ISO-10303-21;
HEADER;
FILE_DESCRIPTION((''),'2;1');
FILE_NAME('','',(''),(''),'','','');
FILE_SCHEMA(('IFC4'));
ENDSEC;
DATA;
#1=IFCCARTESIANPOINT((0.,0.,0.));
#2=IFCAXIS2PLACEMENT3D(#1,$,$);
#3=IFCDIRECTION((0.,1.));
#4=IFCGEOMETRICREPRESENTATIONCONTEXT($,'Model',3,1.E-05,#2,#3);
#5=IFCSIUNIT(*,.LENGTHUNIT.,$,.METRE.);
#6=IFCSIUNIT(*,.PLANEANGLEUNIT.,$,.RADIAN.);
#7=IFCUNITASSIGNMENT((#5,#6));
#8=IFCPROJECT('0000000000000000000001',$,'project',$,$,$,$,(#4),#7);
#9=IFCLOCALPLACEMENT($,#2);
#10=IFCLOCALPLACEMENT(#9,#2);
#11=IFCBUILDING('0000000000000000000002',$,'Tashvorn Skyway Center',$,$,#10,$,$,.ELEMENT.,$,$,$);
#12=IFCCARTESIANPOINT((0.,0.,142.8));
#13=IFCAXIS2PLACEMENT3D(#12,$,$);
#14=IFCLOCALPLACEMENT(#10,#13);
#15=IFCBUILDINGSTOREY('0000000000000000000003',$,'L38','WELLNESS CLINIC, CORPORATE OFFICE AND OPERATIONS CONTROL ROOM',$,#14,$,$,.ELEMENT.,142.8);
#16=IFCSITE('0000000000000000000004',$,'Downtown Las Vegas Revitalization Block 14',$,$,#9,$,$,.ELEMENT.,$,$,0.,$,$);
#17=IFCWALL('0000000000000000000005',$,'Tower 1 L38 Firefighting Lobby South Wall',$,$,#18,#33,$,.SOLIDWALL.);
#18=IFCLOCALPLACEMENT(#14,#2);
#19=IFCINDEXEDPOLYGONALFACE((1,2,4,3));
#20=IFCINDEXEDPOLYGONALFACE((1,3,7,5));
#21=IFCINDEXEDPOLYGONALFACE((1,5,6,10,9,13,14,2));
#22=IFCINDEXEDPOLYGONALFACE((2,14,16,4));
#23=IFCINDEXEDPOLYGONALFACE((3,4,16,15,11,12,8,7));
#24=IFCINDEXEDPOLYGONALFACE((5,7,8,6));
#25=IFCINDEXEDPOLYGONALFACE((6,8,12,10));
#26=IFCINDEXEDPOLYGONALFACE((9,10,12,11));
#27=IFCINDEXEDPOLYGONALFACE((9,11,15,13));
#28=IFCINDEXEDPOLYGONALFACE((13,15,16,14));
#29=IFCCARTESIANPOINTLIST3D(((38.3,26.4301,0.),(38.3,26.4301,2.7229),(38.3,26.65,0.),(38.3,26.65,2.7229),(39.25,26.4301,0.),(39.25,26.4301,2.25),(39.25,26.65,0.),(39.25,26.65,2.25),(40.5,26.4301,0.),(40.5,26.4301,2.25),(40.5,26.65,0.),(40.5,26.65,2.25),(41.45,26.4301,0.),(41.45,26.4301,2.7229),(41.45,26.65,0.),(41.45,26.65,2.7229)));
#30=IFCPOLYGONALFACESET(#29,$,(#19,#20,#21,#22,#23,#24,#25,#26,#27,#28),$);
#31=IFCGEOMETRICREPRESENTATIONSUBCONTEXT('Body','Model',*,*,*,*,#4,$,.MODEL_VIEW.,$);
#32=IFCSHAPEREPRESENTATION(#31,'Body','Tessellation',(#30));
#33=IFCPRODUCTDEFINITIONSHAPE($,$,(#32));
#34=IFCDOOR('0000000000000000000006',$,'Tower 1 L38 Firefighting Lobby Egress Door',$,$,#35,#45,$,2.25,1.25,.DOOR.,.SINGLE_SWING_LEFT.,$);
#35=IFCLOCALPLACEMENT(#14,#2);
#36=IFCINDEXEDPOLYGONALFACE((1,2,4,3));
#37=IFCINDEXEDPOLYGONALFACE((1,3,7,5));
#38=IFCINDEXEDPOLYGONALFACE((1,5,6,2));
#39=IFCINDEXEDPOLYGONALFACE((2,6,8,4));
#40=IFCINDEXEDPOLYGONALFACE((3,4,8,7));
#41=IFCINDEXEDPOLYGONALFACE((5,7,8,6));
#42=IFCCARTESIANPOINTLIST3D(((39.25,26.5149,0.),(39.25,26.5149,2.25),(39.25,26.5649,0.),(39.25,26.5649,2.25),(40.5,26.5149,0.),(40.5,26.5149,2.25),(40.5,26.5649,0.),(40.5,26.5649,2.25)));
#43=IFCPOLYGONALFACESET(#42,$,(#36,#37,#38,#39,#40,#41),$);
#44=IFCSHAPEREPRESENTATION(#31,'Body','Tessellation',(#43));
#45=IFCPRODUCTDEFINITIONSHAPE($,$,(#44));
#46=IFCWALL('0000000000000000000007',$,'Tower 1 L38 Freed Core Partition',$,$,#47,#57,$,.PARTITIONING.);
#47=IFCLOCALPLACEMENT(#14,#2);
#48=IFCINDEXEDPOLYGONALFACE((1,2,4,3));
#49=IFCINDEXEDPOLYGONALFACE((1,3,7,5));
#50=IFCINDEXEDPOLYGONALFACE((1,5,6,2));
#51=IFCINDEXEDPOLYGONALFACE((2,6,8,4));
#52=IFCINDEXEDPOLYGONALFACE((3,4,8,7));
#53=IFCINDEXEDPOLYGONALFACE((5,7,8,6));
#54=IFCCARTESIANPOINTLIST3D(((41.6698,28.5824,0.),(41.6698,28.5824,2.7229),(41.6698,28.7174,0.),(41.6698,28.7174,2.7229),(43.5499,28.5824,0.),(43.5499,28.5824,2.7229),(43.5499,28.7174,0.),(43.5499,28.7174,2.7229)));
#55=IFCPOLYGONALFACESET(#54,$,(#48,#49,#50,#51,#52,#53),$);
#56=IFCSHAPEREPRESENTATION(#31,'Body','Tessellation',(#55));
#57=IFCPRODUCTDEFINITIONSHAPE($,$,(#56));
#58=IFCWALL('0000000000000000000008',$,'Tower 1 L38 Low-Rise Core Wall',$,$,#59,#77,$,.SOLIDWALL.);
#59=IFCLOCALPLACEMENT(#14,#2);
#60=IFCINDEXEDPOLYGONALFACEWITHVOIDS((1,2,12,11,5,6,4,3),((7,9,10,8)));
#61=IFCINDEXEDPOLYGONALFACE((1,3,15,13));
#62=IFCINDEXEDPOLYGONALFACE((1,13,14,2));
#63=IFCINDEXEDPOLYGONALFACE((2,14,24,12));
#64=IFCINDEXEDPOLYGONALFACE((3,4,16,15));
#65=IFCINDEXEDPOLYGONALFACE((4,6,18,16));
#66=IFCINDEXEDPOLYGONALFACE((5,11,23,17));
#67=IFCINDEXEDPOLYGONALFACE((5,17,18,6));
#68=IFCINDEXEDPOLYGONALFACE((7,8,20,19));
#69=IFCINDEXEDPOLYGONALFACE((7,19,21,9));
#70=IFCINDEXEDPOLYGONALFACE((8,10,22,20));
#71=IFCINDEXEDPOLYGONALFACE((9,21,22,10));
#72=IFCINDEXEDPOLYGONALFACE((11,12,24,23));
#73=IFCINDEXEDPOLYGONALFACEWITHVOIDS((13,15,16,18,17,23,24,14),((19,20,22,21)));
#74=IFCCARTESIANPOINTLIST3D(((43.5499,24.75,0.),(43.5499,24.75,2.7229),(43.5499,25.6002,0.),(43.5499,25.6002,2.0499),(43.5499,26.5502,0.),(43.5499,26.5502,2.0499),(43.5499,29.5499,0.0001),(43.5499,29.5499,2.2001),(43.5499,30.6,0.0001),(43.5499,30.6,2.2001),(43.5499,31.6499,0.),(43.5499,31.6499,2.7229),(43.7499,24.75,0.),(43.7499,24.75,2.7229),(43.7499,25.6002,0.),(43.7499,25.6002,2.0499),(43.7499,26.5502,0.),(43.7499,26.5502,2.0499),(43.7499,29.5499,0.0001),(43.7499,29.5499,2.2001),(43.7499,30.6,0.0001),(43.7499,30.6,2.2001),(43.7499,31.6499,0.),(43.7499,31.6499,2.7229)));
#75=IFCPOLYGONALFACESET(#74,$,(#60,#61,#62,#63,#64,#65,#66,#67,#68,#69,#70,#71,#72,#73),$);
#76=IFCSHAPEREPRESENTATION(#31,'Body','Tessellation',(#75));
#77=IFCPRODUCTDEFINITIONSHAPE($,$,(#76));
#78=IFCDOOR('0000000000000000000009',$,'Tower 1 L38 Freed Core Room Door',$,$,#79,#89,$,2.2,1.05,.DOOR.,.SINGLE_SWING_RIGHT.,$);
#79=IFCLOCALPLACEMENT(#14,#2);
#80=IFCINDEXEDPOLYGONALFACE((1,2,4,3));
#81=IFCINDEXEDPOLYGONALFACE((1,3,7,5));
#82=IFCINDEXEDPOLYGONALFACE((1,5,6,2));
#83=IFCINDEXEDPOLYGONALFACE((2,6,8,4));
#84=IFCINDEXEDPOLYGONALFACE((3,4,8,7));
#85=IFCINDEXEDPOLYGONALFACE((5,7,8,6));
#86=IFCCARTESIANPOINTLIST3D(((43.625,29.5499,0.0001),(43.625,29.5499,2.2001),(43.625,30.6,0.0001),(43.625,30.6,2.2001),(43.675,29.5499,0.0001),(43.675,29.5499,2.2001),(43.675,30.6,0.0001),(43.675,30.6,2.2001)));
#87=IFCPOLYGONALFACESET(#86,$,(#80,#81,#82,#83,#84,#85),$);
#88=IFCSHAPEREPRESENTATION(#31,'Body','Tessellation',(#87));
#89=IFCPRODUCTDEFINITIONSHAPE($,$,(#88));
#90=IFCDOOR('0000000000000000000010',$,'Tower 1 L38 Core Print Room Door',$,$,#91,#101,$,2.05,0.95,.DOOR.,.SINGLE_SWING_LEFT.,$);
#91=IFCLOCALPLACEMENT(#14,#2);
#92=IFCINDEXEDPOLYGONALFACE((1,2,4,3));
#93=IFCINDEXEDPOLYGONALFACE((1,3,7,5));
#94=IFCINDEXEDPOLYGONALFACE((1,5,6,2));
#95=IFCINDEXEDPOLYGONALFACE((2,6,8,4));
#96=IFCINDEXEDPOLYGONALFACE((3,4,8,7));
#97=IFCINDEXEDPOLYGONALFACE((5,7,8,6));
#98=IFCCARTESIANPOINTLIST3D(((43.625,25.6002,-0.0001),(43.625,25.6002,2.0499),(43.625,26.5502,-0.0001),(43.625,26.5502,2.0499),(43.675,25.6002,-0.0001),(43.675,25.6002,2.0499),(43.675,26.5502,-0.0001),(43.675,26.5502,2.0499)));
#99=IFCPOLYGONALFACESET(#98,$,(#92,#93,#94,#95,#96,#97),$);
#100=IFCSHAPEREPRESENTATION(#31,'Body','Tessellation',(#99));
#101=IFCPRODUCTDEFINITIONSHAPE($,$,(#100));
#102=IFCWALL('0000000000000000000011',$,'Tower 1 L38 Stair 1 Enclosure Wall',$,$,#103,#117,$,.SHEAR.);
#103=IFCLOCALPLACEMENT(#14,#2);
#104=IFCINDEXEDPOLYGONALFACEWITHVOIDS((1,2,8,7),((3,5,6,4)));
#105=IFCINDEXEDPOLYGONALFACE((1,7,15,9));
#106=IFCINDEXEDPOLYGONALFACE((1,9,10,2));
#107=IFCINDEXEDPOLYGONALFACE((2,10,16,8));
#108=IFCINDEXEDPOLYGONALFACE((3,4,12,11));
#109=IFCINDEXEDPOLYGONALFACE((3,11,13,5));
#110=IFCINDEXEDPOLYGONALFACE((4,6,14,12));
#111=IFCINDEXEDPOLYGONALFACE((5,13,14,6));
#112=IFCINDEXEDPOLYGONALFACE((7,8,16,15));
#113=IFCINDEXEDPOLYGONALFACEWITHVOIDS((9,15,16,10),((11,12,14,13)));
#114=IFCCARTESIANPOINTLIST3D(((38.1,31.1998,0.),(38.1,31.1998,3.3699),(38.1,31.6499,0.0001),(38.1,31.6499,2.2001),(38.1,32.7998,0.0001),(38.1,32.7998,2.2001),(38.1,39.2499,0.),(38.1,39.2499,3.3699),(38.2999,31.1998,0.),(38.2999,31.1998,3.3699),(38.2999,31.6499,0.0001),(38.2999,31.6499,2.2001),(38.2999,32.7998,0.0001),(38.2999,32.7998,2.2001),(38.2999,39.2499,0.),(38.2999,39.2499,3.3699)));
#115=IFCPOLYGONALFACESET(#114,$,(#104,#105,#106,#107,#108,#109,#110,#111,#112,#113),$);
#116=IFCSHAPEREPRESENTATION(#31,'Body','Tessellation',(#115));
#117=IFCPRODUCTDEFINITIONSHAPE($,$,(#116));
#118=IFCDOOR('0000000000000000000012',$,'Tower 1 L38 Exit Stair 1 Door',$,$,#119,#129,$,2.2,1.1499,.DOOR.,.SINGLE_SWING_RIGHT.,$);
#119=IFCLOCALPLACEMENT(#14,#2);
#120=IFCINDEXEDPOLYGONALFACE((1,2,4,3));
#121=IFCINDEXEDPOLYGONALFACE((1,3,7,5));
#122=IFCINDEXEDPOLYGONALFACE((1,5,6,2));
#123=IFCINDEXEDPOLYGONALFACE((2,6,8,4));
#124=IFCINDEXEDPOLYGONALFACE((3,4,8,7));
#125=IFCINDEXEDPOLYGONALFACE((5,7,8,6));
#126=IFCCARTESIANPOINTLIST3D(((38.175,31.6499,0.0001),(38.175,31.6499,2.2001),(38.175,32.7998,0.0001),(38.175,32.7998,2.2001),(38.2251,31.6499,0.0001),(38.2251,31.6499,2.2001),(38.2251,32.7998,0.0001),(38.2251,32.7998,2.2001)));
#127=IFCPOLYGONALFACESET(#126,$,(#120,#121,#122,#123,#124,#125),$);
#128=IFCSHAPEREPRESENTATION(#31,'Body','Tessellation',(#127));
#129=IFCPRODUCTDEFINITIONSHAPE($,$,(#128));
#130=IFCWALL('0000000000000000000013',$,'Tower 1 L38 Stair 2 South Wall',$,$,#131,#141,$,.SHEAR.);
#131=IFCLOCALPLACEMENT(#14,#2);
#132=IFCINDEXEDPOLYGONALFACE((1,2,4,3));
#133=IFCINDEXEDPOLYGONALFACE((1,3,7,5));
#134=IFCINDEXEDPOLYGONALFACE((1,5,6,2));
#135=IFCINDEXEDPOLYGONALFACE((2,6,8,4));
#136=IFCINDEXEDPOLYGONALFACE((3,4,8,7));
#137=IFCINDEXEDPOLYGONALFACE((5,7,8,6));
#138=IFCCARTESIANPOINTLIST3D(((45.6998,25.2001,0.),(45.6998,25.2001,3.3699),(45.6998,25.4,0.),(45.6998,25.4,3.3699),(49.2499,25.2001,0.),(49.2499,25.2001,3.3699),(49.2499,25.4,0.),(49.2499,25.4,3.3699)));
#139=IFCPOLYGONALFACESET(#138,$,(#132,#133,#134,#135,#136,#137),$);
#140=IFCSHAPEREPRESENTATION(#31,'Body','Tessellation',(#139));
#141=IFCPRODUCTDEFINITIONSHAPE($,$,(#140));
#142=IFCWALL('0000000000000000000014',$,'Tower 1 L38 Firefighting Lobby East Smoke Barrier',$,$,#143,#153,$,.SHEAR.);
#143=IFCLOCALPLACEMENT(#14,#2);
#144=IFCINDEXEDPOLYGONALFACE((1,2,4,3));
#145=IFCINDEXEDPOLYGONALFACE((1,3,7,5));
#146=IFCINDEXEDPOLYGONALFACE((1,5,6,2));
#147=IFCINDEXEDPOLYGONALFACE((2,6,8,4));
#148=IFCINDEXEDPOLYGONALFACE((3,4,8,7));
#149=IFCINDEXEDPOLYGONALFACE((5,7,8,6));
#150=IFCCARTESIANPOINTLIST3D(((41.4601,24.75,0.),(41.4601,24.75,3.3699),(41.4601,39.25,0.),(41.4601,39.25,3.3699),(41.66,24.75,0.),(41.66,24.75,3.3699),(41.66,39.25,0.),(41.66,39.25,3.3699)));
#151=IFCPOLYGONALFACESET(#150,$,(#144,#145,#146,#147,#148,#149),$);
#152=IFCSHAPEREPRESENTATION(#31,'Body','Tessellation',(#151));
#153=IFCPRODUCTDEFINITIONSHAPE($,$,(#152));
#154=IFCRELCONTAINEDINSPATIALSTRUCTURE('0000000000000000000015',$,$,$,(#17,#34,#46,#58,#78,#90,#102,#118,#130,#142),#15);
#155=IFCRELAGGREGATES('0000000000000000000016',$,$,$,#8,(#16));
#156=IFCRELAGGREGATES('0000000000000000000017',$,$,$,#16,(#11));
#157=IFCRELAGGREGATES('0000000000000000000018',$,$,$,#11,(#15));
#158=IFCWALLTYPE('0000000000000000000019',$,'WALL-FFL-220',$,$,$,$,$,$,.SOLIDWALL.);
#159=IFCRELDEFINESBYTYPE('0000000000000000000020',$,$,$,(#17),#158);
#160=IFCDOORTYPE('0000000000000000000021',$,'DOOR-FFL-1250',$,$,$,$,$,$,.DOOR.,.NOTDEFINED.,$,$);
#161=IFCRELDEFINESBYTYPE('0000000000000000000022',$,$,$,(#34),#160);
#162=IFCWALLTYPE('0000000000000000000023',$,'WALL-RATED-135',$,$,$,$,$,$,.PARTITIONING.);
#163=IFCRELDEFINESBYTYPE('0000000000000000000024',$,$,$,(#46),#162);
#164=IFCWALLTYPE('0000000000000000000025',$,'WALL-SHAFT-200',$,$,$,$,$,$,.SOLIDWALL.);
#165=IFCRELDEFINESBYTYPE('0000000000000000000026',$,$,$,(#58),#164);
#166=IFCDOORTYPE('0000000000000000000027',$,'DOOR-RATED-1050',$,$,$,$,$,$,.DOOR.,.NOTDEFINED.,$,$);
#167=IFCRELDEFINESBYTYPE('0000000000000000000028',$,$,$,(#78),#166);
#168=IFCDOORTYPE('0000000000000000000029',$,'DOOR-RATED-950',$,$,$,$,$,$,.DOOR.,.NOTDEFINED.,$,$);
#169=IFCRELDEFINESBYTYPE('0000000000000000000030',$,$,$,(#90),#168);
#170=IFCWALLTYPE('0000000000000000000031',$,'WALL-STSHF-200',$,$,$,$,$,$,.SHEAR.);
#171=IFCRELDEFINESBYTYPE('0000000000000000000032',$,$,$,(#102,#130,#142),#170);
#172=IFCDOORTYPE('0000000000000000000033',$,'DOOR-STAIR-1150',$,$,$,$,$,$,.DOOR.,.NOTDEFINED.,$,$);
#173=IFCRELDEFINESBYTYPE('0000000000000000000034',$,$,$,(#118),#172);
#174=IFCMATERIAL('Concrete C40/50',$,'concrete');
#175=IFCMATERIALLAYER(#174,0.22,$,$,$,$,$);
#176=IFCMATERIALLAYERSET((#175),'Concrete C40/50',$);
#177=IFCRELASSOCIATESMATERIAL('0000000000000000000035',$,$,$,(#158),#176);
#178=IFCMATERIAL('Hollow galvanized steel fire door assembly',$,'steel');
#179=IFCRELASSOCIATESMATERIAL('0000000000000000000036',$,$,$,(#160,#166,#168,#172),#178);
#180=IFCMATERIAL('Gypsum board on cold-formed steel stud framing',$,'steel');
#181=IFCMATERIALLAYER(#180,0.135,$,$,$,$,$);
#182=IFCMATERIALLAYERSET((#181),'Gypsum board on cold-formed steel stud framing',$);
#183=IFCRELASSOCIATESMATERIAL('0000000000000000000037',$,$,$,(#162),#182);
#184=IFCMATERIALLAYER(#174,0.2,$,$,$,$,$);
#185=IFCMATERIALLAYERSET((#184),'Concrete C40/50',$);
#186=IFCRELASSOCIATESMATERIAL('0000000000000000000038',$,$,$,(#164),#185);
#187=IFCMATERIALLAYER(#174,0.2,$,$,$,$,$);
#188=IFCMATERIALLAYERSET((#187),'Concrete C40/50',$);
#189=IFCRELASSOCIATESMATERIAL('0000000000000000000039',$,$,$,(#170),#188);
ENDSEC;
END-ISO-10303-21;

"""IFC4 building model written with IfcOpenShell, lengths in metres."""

from ifc_helpers import new_model, si_unit, direction, frame, frame_2d, origin, place, context, subcontext, project, spatial, rectangle, extrude, material, layer, layer_set, type_object, element, fill, save


model = new_model("IFC4")

# Units and contexts
model_context = context("Model", 3, precision=1e-05, world=origin(), true_north=direction((0.0, 1.0)))
body_context = subcontext(model_context, "Body", "Model", "MODEL_VIEW")
ifc_project = project(units=[si_unit("LENGTHUNIT", "METRE"), si_unit("PLANEANGLEUNIT", "RADIAN")], contexts=[model_context])

# Site, building, storey
site_placement = place(None, origin())
site = spatial("IfcSite", under=ifc_project, at=site_placement, Name="Downtown Las Vegas Revitalization Block 14", CompositionType="ELEMENT", RefElevation=0.0)
building_placement = place(site_placement, origin())
building = spatial("IfcBuilding", under=site, at=building_placement, Name="Tashvorn Skyway Center", CompositionType="ELEMENT")
storey_placement = place(building_placement, frame((0.0, 0.0, 142.8)))
storey = spatial("IfcBuildingStorey", under=building, at=storey_placement, Name="L38", Description="WELLNESS CLINIC, CORPORATE OFFICE AND OPERATIONS CONTROL ROOM", CompositionType="ELEMENT", Elevation=142.8)

# Wall, opening, door
ifc_material_1 = material(Name="Concrete C40/50", Category="concrete")
ifc_layer_1 = layer(ifc_material_1, 0.22)
ifc_layer_set_1 = layer_set([ifc_layer_1], Name="Concrete C40/50")
wall_type_1 = type_object("IfcWallType", Name="WALL-FFL-220", PredefinedType="SOLIDWALL", material=ifc_layer_set_1)
wall_1_placement = place(storey_placement, frame((38.3, 26.54, 0.0), z_axis=(0.0, 0.0, 1.0), x_axis=(1.0, 0.0, 0.0)))
wall_1 = element("IfcWall", 1, at=wall_1_placement, inside=storey, type_object=wall_type_1, Name="Tower 1 L38 Firefighting Lobby South Wall", PredefinedType="SOLIDWALL", context=body_context, shape_type="SweptSolid", body=[
    extrude(rectangle(XDim=3.1499, YDim=0.22, at=frame_2d((1.575, 0.0))), origin(), (0.0, 0.0, 1.0), 2.7229),
])
opening_1_placement = place(wall_1_placement, frame((0.95, 0.0, 0.0)))
opening_1 = element("IfcOpeningElement", 2, at=opening_1_placement, cuts=wall_1, PredefinedType="OPENING", context=body_context, shape_type="SweptSolid", body=[
    extrude(rectangle(XDim=1.25, YDim=2.25, at=frame_2d((0.625, 1.125))), frame((0.0, 0.1199, 0.0), z_axis=(0.0, -1.0, 0.0), x_axis=(1.0, 0.0, 0.0)), (0.0, 0.0, 1.0), 0.24),
])
ifc_material_2 = material(Name="Hollow galvanized steel fire door assembly", Category="steel")
door_type_1 = type_object("IfcDoorType", Name="DOOR-FFL-1250", OperationType="NOTDEFINED", PredefinedType="DOOR", material=ifc_material_2)
door_1_placement = place(opening_1_placement, origin())
door_1 = element("IfcDoor", 3, at=door_1_placement, inside=storey, type_object=door_type_1, Name="Tower 1 L38 Firefighting Lobby Egress Door", OperationType="SINGLE_SWING_LEFT", OverallHeight=2.25, OverallWidth=1.25, PredefinedType="DOOR", context=body_context, shape_type="SweptSolid", body=[
    extrude(rectangle(XDim=1.25, YDim=2.25, at=frame_2d((0.625, 1.125))), frame((0.0, 0.0249, 0.0), z_axis=(0.0, -1.0, 0.0), x_axis=(1.0, 0.0, 0.0)), (0.0, 0.0, 1.0), 0.05),
])
fill(opening_1, door_1)

# Wall
ifc_material_3 = material(Name="Gypsum board on cold-formed steel stud framing", Category="steel")
ifc_layer_2 = layer(ifc_material_3, 0.135)
ifc_layer_set_2 = layer_set([ifc_layer_2], Name="Gypsum board on cold-formed steel stud framing")
wall_type_2 = type_object("IfcWallType", Name="WALL-RATED-135", PredefinedType="PARTITIONING", material=ifc_layer_set_2)
wall_2_placement = place(storey_placement, frame((41.6699, 28.6499, 0.0), z_axis=(0.0, 0.0, 1.0), x_axis=(1.0, 0.0, 0.0)))
element("IfcWall", 4, at=wall_2_placement, inside=storey, type_object=wall_type_2, Name="Tower 1 L38 Freed Core Partition", PredefinedType="PARTITIONING", context=body_context, shape_type="SweptSolid", body=[
    extrude(rectangle(XDim=1.8801, YDim=0.135, at=frame_2d((0.9399, 0.0))), origin(), (0.0, 0.0, 1.0), 2.7229),
])

# Wall, openings, doors
ifc_layer_3 = layer(ifc_material_1, 0.2)
ifc_layer_set_3 = layer_set([ifc_layer_3], Name="Concrete C40/50")
wall_type_3 = type_object("IfcWallType", Name="WALL-SHAFT-200", PredefinedType="SOLIDWALL", material=ifc_layer_set_3)
wall_3_placement = place(storey_placement, frame((43.6499, 24.75, 0.0), z_axis=(0.0, 0.0, 1.0), x_axis=(0.0, 1.0, 0.0)))
wall_3 = element("IfcWall", 5, at=wall_3_placement, inside=storey, type_object=wall_type_3, Name="Tower 1 L38 Low-Rise Core Wall", PredefinedType="SOLIDWALL", context=body_context, shape_type="SweptSolid", body=[
    extrude(rectangle(XDim=6.8999, YDim=0.2, at=frame_2d((3.45, 0.0))), origin(), (0.0, 0.0, 1.0), 2.7229),
])
opening_2_placement = place(wall_3_placement, frame((0.8501, 0.0, 0.0)))
opening_2 = element("IfcOpeningElement", 6, at=opening_2_placement, cuts=wall_3, PredefinedType="OPENING", context=body_context, shape_type="SweptSolid", body=[
    extrude(rectangle(XDim=0.95, YDim=2.05, at=frame_2d((0.4751, 1.0249))), frame((0.0, 0.1099, 0.0), z_axis=(0.0, -1.0, 0.0), x_axis=(1.0, 0.0, 0.0)), (0.0, 0.0, 1.0), 0.22),
])
opening_3_placement = place(wall_3_placement, frame((4.8, 0.0, 0.0)))
opening_3 = element("IfcOpeningElement", 7, at=opening_3_placement, cuts=wall_3, PredefinedType="OPENING", context=body_context, shape_type="SweptSolid", body=[
    extrude(rectangle(XDim=1.05, YDim=2.2, at=frame_2d((0.5249, 1.1001))), frame((0.0, 0.1099, 0.0), z_axis=(0.0, -1.0, 0.0), x_axis=(1.0, 0.0, 0.0)), (0.0, 0.0, 1.0), 0.22),
])
door_type_2 = type_object("IfcDoorType", Name="DOOR-RATED-1050", OperationType="NOTDEFINED", PredefinedType="DOOR", material=ifc_material_2)
door_2_placement = place(opening_3_placement, origin())
door_2 = element("IfcDoor", 8, at=door_2_placement, inside=storey, type_object=door_type_2, Name="Tower 1 L38 Freed Core Room Door", OperationType="SINGLE_SWING_RIGHT", OverallHeight=2.2, OverallWidth=1.05, PredefinedType="DOOR", context=body_context, shape_type="SweptSolid", body=[
    extrude(rectangle(XDim=1.05, YDim=2.2, at=frame_2d((0.5249, 1.1001))), frame((0.0, 0.0249, 0.0), z_axis=(0.0, -1.0, 0.0), x_axis=(1.0, 0.0, 0.0)), (0.0, 0.0, 1.0), 0.05),
])
fill(opening_3, door_2)
door_type_3 = type_object("IfcDoorType", Name="DOOR-RATED-950", OperationType="NOTDEFINED", PredefinedType="DOOR", material=ifc_material_2)
door_3_placement = place(opening_2_placement, origin())
door_3 = element("IfcDoor", 9, at=door_3_placement, inside=storey, type_object=door_type_3, Name="Tower 1 L38 Core Print Room Door", OperationType="SINGLE_SWING_LEFT", OverallHeight=2.05, OverallWidth=0.95, PredefinedType="DOOR", context=body_context, shape_type="SweptSolid", body=[
    extrude(rectangle(XDim=0.95, YDim=2.05, at=frame_2d((0.4751, 1.0249))), frame((0.0, 0.0249, 0.0), z_axis=(0.0, -1.0, 0.0), x_axis=(1.0, 0.0, 0.0)), (0.0, 0.0, 1.0), 0.05),
])
fill(opening_2, door_3)

# Wall, opening, door
ifc_layer_4 = layer(ifc_material_1, 0.2)
ifc_layer_set_4 = layer_set([ifc_layer_4], Name="Concrete C40/50")
wall_type_4 = type_object("IfcWallType", Name="WALL-STSHF-200", PredefinedType="SHEAR", material=ifc_layer_set_4)
wall_4_placement = place(storey_placement, frame((38.2, 31.2, 0.0), z_axis=(0.0, 0.0, 1.0), x_axis=(0.0, 1.0, 0.0)))
wall_4 = element("IfcWall", 10, at=wall_4_placement, inside=storey, type_object=wall_type_4, Name="Tower 1 L38 Stair 1 Enclosure Wall", PredefinedType="SHEAR", context=body_context, shape_type="SweptSolid", body=[
    extrude(rectangle(XDim=8.05, YDim=0.2, at=frame_2d((4.0249, 0.0))), origin(), (0.0, 0.0, 1.0), 3.3699),
])
opening_4_placement = place(wall_4_placement, frame((0.45, 0.0, 0.0)))
opening_4 = element("IfcOpeningElement", 11, at=opening_4_placement, cuts=wall_4, PredefinedType="OPENING", context=body_context, shape_type="SweptSolid", body=[
    extrude(rectangle(XDim=1.1499, YDim=2.2, at=frame_2d((0.575, 1.1001))), frame((0.0, 0.1099, 0.0), z_axis=(0.0, -1.0, 0.0), x_axis=(1.0, 0.0, 0.0)), (0.0, 0.0, 1.0), 0.22),
])
door_type_4 = type_object("IfcDoorType", Name="DOOR-STAIR-1150", OperationType="NOTDEFINED", PredefinedType="DOOR", material=ifc_material_2)
door_4_placement = place(opening_4_placement, origin())
door_4 = element("IfcDoor", 12, at=door_4_placement, inside=storey, type_object=door_type_4, Name="Tower 1 L38 Exit Stair 1 Door", OperationType="SINGLE_SWING_RIGHT", OverallHeight=2.2, OverallWidth=1.1499, PredefinedType="DOOR", context=body_context, shape_type="SweptSolid", body=[
    extrude(rectangle(XDim=1.1499, YDim=2.2, at=frame_2d((0.575, 1.1001))), frame((0.0, 0.0249, 0.0), z_axis=(0.0, -1.0, 0.0), x_axis=(1.0, 0.0, 0.0)), (0.0, 0.0, 1.0), 0.05),
])
fill(opening_4, door_4)

# Walls
wall_5_placement = place(storey_placement, frame((45.7, 25.3, 0.0), z_axis=(0.0, 0.0, 1.0), x_axis=(1.0, 0.0, 0.0)))
element("IfcWall", 13, at=wall_5_placement, inside=storey, type_object=wall_type_4, Name="Tower 1 L38 Stair 2 South Wall", PredefinedType="SHEAR", context=body_context, shape_type="SweptSolid", body=[
    extrude(rectangle(XDim=3.55, YDim=0.2, at=frame_2d((1.7749, 0.0))), origin(), (0.0, 0.0, 1.0), 3.3699),
])
wall_6_placement = place(storey_placement, frame((41.5601, 24.75, 0.0), z_axis=(0.0, 0.0, 1.0), x_axis=(0.0, 1.0, 0.0)))
element("IfcWall", 14, at=wall_6_placement, inside=storey, type_object=wall_type_4, Name="Tower 1 L38 Firefighting Lobby East Smoke Barrier", PredefinedType="SHEAR", context=body_context, shape_type="SweptSolid", body=[
    extrude(rectangle(XDim=14.5, YDim=0.2, at=frame_2d((7.25, 0.0))), origin(), (0.0, 0.0, 1.0), 3.3699),
])

save(model, "model.ifc")
